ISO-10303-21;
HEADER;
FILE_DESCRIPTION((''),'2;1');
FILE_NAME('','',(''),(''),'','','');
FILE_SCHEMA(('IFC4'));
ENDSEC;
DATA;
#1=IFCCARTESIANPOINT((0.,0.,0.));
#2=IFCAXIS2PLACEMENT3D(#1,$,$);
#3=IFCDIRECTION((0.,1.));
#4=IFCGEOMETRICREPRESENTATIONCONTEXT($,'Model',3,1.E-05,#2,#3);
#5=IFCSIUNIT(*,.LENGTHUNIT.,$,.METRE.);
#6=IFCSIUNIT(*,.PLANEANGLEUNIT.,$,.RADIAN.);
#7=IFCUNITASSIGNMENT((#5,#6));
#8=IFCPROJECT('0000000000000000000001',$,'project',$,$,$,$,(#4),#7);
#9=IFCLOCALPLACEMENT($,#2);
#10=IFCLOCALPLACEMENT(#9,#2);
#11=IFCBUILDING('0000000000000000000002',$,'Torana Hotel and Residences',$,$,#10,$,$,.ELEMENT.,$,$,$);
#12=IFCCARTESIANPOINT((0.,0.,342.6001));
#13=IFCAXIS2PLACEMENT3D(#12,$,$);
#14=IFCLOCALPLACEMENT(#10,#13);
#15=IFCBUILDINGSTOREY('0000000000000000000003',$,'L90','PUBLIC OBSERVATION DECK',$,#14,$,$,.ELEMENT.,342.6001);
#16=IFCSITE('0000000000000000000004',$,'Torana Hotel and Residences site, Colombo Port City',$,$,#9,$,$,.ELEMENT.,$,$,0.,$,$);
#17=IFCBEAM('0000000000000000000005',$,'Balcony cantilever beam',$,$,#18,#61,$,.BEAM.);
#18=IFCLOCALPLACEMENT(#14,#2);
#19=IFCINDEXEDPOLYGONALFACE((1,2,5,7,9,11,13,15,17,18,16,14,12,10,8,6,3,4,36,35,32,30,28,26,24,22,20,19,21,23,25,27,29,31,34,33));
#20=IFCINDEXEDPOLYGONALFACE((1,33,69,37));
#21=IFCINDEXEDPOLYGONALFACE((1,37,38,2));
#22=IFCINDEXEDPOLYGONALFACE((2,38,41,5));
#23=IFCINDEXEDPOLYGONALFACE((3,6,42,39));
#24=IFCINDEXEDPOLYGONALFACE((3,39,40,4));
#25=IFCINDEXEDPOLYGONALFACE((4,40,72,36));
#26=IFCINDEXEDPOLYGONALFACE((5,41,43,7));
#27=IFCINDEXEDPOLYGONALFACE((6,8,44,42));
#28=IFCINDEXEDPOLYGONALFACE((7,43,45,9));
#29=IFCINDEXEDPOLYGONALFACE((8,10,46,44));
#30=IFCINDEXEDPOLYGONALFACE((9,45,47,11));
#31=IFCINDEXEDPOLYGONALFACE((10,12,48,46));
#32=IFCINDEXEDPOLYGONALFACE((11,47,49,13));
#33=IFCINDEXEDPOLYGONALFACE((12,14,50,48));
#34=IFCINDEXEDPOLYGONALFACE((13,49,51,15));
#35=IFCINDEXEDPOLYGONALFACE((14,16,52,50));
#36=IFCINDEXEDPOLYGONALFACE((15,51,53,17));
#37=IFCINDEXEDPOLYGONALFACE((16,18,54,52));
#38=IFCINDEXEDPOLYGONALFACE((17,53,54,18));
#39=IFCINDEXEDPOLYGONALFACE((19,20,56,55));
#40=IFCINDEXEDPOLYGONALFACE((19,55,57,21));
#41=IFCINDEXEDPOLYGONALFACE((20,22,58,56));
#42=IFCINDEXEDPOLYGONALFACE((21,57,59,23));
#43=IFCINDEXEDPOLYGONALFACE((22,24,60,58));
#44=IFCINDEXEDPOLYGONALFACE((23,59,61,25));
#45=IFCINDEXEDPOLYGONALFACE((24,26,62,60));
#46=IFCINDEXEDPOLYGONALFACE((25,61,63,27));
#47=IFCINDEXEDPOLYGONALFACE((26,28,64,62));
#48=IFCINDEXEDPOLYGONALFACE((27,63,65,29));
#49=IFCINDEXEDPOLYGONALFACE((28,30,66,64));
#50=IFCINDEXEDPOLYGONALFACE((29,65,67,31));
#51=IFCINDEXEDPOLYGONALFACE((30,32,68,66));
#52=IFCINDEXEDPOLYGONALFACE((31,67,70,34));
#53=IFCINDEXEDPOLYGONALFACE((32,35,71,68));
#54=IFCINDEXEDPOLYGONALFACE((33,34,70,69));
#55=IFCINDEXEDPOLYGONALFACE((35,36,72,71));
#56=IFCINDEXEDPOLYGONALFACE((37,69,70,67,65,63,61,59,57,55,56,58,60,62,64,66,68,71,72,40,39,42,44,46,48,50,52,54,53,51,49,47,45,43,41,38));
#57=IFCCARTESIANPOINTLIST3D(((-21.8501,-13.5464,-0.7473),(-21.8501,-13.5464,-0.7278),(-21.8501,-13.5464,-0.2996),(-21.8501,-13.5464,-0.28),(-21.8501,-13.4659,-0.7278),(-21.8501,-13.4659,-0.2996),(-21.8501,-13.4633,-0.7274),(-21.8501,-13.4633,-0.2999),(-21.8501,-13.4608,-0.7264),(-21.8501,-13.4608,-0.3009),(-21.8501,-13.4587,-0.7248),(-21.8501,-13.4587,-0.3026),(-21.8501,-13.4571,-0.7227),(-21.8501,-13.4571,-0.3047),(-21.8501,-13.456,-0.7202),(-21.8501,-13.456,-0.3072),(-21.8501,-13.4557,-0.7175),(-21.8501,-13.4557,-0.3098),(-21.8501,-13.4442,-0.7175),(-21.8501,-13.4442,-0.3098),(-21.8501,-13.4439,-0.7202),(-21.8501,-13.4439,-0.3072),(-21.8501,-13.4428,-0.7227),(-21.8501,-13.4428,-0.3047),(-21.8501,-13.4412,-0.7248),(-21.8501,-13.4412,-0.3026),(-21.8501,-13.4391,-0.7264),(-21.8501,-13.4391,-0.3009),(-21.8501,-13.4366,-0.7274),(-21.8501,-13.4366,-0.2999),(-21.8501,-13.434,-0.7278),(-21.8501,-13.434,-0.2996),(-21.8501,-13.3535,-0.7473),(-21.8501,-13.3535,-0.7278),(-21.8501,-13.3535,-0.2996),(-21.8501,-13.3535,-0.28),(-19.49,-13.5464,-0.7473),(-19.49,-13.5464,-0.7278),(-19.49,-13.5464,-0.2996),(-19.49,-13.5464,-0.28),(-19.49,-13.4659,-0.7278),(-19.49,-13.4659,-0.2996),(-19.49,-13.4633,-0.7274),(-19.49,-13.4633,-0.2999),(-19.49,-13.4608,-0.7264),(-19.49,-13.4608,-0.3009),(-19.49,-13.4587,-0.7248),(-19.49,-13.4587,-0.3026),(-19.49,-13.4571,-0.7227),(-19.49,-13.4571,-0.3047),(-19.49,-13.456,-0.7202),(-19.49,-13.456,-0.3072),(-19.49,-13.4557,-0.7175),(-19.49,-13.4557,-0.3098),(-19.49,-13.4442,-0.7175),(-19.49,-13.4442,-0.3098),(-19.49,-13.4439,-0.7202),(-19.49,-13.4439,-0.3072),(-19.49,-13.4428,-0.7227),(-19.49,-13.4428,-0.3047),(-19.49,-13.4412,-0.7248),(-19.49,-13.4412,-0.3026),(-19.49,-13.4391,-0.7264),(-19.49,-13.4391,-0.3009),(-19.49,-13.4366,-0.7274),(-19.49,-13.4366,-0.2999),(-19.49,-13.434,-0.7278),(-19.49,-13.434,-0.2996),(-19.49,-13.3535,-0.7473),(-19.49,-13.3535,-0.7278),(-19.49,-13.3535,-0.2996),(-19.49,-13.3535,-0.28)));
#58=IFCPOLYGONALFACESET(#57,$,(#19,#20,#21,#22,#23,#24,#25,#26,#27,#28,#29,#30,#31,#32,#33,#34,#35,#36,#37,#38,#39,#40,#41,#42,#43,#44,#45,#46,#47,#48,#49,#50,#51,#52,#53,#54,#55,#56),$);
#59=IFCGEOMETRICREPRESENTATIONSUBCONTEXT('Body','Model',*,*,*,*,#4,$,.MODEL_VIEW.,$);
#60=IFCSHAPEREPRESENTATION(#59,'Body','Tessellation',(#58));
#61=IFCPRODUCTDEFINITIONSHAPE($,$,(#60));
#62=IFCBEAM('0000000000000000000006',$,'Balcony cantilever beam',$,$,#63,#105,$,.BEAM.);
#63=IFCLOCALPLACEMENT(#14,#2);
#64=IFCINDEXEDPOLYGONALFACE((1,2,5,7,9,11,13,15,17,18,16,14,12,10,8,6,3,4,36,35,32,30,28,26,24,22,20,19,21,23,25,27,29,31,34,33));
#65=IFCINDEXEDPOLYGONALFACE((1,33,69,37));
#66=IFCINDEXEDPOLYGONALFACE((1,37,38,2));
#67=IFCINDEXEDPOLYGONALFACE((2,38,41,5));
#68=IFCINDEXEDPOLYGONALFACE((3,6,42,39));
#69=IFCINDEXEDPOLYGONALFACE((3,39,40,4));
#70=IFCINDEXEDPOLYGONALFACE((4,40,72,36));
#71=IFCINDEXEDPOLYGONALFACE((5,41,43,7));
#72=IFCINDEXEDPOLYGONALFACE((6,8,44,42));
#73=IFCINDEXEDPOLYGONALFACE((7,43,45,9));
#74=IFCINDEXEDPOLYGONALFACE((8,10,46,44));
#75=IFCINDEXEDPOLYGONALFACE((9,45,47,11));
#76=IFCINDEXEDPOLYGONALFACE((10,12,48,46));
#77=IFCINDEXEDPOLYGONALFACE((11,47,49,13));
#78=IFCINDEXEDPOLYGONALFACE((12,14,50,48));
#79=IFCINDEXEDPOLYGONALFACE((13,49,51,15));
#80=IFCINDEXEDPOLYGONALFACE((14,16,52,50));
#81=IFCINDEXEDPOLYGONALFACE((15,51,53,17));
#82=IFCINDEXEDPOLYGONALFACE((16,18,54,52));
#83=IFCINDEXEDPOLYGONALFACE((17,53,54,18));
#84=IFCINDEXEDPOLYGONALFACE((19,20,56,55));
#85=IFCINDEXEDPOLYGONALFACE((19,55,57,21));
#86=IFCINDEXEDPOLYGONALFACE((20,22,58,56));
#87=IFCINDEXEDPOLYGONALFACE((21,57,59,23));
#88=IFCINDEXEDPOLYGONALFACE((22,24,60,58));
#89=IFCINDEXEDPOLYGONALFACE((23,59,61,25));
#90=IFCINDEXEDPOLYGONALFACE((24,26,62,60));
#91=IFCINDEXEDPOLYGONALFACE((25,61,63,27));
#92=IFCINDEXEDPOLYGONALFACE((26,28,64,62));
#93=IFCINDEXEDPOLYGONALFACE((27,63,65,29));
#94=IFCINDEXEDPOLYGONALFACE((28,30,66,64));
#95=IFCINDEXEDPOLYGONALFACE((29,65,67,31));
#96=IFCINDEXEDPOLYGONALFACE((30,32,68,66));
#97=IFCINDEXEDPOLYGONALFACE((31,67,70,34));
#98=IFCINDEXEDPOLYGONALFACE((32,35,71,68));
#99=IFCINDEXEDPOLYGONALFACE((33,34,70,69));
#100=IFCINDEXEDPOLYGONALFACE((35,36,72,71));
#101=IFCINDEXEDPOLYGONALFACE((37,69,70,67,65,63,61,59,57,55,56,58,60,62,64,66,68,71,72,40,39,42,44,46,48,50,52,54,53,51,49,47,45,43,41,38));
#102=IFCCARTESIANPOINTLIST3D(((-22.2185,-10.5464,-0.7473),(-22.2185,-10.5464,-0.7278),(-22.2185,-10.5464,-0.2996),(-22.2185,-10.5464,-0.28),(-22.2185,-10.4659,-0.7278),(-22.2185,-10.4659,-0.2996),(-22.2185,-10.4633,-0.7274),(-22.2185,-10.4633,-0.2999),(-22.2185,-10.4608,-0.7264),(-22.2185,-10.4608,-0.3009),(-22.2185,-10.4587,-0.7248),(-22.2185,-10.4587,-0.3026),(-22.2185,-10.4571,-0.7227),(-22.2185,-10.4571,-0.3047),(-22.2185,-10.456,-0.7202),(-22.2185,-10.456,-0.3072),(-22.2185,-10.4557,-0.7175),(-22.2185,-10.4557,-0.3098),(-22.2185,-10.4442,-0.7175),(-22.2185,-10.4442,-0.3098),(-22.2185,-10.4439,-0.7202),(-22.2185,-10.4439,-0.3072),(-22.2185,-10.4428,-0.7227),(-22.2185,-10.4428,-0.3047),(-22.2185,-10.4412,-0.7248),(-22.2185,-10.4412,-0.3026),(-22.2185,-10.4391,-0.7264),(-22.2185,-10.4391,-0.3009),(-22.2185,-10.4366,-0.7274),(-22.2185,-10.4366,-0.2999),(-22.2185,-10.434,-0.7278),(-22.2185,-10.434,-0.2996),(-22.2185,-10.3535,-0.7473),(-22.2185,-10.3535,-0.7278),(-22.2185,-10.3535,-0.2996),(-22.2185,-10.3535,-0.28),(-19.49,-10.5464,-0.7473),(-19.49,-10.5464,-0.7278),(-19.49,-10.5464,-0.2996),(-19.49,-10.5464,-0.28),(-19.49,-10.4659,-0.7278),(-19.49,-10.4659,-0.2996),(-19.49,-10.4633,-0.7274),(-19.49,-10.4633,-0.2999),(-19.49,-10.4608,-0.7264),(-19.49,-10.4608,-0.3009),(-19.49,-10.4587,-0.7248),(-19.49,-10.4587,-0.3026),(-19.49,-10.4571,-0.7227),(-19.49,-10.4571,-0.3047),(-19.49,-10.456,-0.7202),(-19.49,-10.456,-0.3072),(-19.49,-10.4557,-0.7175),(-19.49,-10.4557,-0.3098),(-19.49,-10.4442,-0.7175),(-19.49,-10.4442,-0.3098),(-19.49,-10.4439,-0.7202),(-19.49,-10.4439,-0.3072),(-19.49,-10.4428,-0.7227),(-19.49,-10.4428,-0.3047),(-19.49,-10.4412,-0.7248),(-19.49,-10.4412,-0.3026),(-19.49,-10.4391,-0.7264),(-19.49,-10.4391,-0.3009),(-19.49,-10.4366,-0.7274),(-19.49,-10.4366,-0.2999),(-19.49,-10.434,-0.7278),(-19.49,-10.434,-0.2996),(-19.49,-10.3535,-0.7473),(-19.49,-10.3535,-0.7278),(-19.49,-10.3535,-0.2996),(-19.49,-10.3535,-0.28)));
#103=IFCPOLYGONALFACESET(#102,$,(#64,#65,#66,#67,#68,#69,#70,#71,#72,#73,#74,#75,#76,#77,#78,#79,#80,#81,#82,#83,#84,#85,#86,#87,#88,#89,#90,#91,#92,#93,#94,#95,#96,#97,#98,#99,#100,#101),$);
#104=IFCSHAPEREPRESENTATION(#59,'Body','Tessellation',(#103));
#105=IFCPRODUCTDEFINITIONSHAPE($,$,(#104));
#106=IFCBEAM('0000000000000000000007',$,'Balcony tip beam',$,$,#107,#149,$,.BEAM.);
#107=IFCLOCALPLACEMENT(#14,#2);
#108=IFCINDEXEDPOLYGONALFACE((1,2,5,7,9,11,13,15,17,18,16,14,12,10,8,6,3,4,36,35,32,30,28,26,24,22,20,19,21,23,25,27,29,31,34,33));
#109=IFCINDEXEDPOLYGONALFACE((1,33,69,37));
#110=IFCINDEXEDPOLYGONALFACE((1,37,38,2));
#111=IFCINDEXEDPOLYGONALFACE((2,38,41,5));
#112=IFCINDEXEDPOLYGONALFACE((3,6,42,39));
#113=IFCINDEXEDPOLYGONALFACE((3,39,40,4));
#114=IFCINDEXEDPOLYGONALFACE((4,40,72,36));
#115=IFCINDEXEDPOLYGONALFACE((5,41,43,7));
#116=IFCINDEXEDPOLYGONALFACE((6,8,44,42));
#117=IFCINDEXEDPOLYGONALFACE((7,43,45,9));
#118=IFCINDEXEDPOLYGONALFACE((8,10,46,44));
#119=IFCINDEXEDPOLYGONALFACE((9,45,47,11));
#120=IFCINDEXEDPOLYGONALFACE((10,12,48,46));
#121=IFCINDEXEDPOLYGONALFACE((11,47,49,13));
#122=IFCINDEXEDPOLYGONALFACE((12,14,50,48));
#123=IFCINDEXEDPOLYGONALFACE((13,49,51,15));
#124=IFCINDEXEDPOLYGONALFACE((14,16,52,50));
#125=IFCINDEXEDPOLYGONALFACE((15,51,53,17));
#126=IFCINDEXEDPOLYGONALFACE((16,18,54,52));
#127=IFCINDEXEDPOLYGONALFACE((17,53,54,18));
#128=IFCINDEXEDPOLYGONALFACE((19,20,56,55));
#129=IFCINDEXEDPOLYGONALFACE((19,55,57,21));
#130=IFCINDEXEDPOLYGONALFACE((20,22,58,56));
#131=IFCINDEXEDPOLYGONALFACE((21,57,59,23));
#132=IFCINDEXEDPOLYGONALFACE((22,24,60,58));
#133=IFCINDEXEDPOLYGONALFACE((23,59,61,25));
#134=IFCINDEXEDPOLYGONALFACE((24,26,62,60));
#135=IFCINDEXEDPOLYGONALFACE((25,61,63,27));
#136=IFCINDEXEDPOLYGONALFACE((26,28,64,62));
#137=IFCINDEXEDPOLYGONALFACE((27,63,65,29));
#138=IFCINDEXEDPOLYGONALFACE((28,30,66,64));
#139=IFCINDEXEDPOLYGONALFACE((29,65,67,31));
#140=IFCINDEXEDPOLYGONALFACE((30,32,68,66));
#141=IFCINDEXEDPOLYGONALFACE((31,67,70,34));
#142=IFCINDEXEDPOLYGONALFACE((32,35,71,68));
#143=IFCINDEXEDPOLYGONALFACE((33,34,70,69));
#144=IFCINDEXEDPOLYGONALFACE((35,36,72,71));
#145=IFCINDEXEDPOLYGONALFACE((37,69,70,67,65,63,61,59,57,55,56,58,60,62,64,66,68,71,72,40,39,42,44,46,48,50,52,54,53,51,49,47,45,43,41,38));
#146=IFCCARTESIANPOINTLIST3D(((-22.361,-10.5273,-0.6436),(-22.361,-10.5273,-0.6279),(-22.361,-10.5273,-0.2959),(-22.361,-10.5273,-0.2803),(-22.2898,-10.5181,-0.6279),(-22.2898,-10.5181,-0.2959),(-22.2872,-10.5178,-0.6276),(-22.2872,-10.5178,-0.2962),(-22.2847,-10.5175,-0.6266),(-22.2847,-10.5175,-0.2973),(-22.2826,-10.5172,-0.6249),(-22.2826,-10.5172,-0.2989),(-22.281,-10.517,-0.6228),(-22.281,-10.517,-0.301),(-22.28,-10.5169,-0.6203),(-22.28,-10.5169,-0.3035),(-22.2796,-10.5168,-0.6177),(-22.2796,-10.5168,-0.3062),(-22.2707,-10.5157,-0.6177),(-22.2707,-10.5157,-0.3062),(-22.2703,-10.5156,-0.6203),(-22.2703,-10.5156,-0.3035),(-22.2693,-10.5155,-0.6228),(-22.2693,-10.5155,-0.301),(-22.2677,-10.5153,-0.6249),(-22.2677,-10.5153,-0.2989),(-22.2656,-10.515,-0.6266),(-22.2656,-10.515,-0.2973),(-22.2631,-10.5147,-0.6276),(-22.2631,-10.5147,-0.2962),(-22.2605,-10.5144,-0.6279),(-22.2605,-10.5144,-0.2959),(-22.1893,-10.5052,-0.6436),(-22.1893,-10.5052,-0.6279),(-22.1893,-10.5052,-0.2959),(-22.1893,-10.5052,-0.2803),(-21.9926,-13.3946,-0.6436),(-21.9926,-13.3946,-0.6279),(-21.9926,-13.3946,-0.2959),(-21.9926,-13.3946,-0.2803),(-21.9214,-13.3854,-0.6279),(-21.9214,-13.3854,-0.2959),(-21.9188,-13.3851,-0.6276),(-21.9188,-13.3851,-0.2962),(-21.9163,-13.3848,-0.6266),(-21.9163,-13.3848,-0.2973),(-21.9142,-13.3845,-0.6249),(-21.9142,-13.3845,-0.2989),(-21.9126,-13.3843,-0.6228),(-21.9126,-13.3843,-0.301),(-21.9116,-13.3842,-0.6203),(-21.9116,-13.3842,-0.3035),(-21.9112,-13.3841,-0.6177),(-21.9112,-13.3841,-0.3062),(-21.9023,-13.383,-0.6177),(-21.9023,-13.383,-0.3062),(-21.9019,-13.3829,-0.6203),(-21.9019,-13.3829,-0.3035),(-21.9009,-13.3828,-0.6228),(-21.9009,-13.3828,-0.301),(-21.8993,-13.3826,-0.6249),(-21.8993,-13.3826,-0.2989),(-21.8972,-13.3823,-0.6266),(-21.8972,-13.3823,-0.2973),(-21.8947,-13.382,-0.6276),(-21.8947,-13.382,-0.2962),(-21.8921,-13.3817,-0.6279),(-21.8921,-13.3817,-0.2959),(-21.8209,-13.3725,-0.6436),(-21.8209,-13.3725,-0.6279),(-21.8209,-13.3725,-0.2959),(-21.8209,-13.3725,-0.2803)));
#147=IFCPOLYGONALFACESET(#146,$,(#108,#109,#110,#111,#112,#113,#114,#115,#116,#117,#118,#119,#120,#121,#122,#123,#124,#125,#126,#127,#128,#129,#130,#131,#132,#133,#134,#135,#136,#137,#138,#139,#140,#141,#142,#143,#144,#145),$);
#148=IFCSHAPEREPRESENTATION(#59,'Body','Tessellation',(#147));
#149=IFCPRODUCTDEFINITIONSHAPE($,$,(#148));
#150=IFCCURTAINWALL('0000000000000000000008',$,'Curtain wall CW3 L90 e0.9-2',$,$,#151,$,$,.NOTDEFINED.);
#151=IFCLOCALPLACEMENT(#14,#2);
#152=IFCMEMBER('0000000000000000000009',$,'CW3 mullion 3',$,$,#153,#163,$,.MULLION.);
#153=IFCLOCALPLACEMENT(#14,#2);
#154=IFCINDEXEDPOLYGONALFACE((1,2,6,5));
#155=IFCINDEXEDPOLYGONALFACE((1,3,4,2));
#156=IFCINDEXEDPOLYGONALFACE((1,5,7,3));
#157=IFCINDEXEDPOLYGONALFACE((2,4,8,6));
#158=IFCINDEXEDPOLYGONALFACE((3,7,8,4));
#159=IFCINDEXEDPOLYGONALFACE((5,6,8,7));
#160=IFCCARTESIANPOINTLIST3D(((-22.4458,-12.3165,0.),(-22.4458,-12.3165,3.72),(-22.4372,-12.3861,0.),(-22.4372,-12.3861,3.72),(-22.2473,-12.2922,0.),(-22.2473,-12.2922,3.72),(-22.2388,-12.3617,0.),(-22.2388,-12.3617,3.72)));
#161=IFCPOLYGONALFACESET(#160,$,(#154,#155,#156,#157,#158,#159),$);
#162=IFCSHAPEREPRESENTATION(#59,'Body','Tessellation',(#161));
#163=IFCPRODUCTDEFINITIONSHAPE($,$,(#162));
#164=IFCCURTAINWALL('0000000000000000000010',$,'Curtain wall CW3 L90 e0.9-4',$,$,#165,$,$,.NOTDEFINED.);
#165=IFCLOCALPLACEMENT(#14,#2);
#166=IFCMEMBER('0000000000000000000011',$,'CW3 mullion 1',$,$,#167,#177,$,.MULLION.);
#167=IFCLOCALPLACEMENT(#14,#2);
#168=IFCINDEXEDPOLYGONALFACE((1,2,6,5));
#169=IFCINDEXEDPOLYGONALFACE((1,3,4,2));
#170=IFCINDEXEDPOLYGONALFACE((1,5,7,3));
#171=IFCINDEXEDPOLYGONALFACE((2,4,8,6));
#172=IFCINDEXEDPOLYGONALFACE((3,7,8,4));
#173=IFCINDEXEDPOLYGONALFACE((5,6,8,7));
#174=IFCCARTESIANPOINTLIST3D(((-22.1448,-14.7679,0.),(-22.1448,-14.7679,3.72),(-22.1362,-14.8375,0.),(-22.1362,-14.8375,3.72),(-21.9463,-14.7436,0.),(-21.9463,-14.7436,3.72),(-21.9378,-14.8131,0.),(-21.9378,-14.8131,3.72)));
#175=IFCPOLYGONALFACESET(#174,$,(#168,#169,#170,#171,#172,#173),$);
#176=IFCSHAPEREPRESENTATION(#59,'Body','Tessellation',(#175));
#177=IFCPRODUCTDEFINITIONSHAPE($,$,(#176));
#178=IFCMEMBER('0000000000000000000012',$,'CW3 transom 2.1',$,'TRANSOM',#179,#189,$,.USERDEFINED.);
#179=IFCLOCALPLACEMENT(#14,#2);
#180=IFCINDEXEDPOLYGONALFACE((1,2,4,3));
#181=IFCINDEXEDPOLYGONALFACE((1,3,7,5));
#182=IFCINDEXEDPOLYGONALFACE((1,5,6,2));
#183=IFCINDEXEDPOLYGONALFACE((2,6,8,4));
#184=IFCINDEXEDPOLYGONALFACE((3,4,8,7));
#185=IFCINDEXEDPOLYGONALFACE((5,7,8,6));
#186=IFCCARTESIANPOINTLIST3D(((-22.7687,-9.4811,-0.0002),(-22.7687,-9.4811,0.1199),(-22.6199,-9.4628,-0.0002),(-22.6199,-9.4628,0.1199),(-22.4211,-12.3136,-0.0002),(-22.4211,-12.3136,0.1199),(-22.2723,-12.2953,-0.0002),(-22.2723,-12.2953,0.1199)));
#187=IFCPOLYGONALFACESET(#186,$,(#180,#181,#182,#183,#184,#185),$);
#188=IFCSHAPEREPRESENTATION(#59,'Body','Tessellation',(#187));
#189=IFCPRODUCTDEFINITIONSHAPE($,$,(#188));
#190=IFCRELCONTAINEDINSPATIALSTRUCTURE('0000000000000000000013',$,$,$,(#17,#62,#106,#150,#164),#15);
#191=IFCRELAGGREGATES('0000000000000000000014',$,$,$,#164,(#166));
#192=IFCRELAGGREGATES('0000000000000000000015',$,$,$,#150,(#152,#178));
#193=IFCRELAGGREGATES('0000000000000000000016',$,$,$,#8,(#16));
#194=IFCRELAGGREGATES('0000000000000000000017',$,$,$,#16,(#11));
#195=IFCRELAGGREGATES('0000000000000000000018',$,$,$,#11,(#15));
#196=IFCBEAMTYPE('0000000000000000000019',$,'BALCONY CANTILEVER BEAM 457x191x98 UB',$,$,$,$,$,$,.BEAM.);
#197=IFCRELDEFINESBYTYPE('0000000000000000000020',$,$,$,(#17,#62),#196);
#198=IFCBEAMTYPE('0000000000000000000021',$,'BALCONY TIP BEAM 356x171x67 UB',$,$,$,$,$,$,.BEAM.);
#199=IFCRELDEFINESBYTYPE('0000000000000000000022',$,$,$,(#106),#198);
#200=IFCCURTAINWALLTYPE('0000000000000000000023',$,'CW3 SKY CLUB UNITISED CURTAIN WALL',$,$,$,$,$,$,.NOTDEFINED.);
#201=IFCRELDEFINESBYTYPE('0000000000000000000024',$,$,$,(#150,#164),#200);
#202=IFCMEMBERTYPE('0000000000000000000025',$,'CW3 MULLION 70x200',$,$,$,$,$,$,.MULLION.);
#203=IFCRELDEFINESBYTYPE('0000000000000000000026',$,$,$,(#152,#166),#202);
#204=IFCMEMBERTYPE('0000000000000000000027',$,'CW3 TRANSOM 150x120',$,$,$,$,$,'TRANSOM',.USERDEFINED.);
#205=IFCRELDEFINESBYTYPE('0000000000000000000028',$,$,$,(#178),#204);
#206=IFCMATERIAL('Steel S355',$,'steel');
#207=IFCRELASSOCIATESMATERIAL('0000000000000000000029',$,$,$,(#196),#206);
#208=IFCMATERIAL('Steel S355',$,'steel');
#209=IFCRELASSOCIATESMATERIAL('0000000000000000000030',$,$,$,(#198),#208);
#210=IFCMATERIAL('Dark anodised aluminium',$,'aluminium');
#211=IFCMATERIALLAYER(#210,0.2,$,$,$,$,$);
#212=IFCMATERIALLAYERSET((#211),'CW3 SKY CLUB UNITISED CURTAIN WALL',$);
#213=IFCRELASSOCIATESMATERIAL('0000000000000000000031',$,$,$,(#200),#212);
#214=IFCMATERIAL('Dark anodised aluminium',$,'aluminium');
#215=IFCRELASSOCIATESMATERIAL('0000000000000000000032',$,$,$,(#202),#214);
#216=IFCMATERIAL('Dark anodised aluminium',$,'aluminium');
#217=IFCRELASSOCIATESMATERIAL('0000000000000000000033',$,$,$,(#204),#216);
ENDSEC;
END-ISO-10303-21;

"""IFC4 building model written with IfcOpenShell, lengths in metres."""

from ifc_helpers import new_model, si_unit, direction, frame, origin, origin_2d, place, context, subcontext, project, spatial, rectangle, i_section, extrude, material, layer, layer_set, material_profile, profile_set, type_object, element, aggregate, save


model = new_model("IFC4")

# Units and contexts
model_context = context("Model", 3, precision=1e-05, world=origin(), true_north=direction((0.0, 1.0)))
body_context = subcontext(model_context, "Body", "Model", "MODEL_VIEW")
ifc_project = project(units=[si_unit("LENGTHUNIT", "METRE"), si_unit("PLANEANGLEUNIT", "RADIAN")], contexts=[model_context])

# Site, building, storey
site_placement = place(None, origin())
site = spatial("IfcSite", under=ifc_project, at=site_placement, Name="Torana Hotel and Residences site, Colombo Port City", CompositionType="ELEMENT", RefElevation=0.0)
building_placement = place(site_placement, origin())
building = spatial("IfcBuilding", under=site, at=building_placement, Name="Torana Hotel and Residences", CompositionType="ELEMENT")
storey_placement = place(building_placement, frame((0.0, 0.0, 342.6001)))
storey = spatial("IfcBuildingStorey", under=building, at=storey_placement, Name="L90", Description="PUBLIC OBSERVATION DECK", CompositionType="ELEMENT", Elevation=342.6001)

# Beams
ifc_material_1 = material(Name="Steel S355", Category="steel")
ifc_material_profile_1 = material_profile(ifc_material_1, i_section(OverallWidth=0.1929, OverallDepth=0.4673, WebThickness=0.0115, FlangeThickness=0.0195, FilletRadius=0.0103, at=origin_2d()), Name="457x191x98 UB")
ifc_profile_set_1 = profile_set([ifc_material_profile_1], Name="Steel S355")
beam_type_1 = type_object("IfcBeamType", Name="BALCONY CANTILEVER BEAM 457x191x98 UB", PredefinedType="BEAM", material=ifc_profile_set_1)
beam_1_placement = place(storey_placement, frame((-19.49, -13.45, -0.5137), z_axis=(-1.0, 0.0, 0.0), x_axis=(0.0, -1.0, 0.0)))
element("IfcBeam", 1, at=beam_1_placement, inside=storey, type_object=beam_type_1, Name="Balcony cantilever beam", PredefinedType="BEAM", context=body_context, shape_type="SweptSolid", body=[
    extrude(i_section(OverallWidth=0.1929, OverallDepth=0.4673, WebThickness=0.0115, FlangeThickness=0.0195, FilletRadius=0.0103, at=origin_2d()), origin(), (0.0, 0.0, 1.0), 2.3601),
])
beam_2_placement = place(storey_placement, frame((-19.49, -10.45, -0.5137), z_axis=(-1.0, 0.0, 0.0), x_axis=(0.0, -1.0, 0.0)))
element("IfcBeam", 2, at=beam_2_placement, inside=storey, type_object=beam_type_1, Name="Balcony cantilever beam", PredefinedType="BEAM", context=body_context, shape_type="SweptSolid", body=[
    extrude(i_section(OverallWidth=0.1929, OverallDepth=0.4673, WebThickness=0.0115, FlangeThickness=0.0195, FilletRadius=0.0103, at=origin_2d()), origin(), (0.0, 0.0, 1.0), 2.7285),
])
ifc_material_2 = material(Name="Steel S355", Category="steel")
ifc_material_profile_2 = material_profile(ifc_material_2, i_section(OverallWidth=0.1731, OverallDepth=0.3633, WebThickness=0.009, FlangeThickness=0.0156, FilletRadius=0.0103, at=origin_2d()), Name="356x171x67 UB")
ifc_profile_set_2 = profile_set([ifc_material_profile_2], Name="Steel S355")
beam_type_2 = type_object("IfcBeamType", Name="BALCONY TIP BEAM 356x171x67 UB", PredefinedType="BEAM", material=ifc_profile_set_2)
beam_3_placement = place(storey_placement, frame((-21.9067, -13.3835, -0.4619), z_axis=(-0.127443, 0.991846, 0.0), x_axis=(-0.991846, -0.127443, 0.0)))
element("IfcBeam", 3, at=beam_3_placement, inside=storey, type_object=beam_type_2, Name="Balcony tip beam", PredefinedType="BEAM", context=body_context, shape_type="SweptSolid", body=[
    extrude(i_section(OverallWidth=0.1731, OverallDepth=0.3633, WebThickness=0.009, FlangeThickness=0.0156, FilletRadius=0.0103, at=origin_2d()), origin(), (0.0, 0.0, 1.0), 2.8909),
])

# Curtain walls, members
ifc_material_3 = material(Name="Dark anodised aluminium", Category="aluminium")
ifc_layer_1 = layer(ifc_material_3, 0.2)
ifc_layer_set_1 = layer_set([ifc_layer_1], Name="CW3 SKY CLUB UNITISED CURTAIN WALL")
curtain_wall_type = type_object("IfcCurtainWallType", Name="CW3 SKY CLUB UNITISED CURTAIN WALL", PredefinedType="NOTDEFINED", material=ifc_layer_set_1)
curtain_wall_1_placement = place(storey_placement, origin())
curtain_wall_1 = element("IfcCurtainWall", 4, at=curtain_wall_1_placement, inside=storey, type_object=curtain_wall_type, Name="Curtain wall CW3 L90 e0.9-2", PredefinedType="NOTDEFINED")
ifc_material_4 = material(Name="Dark anodised aluminium", Category="aluminium")
ifc_material_profile_3 = material_profile(ifc_material_4, rectangle(XDim=0.2, YDim=0.0701, at=origin_2d()), Name="CW3 MULLION 70x200")
ifc_profile_set_3 = profile_set([ifc_material_profile_3], Name="Dark anodised aluminium")
member_type_1 = type_object("IfcMemberType", Name="CW3 MULLION 70x200", PredefinedType="MULLION", material=ifc_profile_set_3)
member_1_placement = place(storey_placement, frame((-22.3423, -12.3391, 0.0), z_axis=(0.0, 0.0, 1.0), x_axis=(0.992545, 0.121876, 0.0)))
member_1 = element("IfcMember", 5, at=member_1_placement, type_object=member_type_1, Name="CW3 mullion 3", PredefinedType="MULLION", context=body_context, shape_type="SweptSolid", body=[
    extrude(rectangle(XDim=0.2, YDim=0.0701, at=origin_2d()), origin(), (0.0, 0.0, 1.0), 3.72),
])
curtain_wall_2_placement = place(storey_placement, origin())
curtain_wall_2 = element("IfcCurtainWall", 6, at=curtain_wall_2_placement, inside=storey, type_object=curtain_wall_type, Name="Curtain wall CW3 L90 e0.9-4", PredefinedType="NOTDEFINED")
member_2_placement = place(storey_placement, frame((-22.0413, -14.7905, 0.0), z_axis=(0.0, 0.0, 1.0), x_axis=(0.992548, 0.121857, 0.0)))
member_2 = element("IfcMember", 7, at=member_2_placement, type_object=member_type_1, Name="CW3 mullion 1", PredefinedType="MULLION", context=body_context, shape_type="SweptSolid", body=[
    extrude(rectangle(XDim=0.2, YDim=0.0701, at=origin_2d()), origin(), (0.0, 0.0, 1.0), 3.72),
])

# Member
ifc_material_5 = material(Name="Dark anodised aluminium", Category="aluminium")
ifc_material_profile_4 = material_profile(ifc_material_5, rectangle(XDim=0.1499, YDim=0.1201, at=origin_2d()), Name="CW3 TRANSOM 150x120")
ifc_profile_set_4 = profile_set([ifc_material_profile_4], Name="Dark anodised aluminium")
member_type_2 = type_object("IfcMemberType", Name="CW3 TRANSOM 150x120", ElementType="TRANSOM", PredefinedType="USERDEFINED", material=ifc_profile_set_4)
member_3_placement = place(storey_placement, frame((-22.6943, -9.4719, 0.0598), z_axis=(0.121823, -0.992552, 0.0), x_axis=(0.992552, 0.121823, 0.0)))
member_3 = element("IfcMember", 8, at=member_3_placement, type_object=member_type_2, Name="CW3 transom 2.1", ObjectType="TRANSOM", PredefinedType="USERDEFINED", context=body_context, shape_type="SweptSolid", body=[
    extrude(rectangle(XDim=0.1499, YDim=0.1201, at=origin_2d()), origin(), (0.0, 0.0, 1.0), 2.8538),
])
aggregate(curtain_wall_2, [member_2])

aggregate(curtain_wall_1, [member_1, member_3])

save(model, "model.ifc")
